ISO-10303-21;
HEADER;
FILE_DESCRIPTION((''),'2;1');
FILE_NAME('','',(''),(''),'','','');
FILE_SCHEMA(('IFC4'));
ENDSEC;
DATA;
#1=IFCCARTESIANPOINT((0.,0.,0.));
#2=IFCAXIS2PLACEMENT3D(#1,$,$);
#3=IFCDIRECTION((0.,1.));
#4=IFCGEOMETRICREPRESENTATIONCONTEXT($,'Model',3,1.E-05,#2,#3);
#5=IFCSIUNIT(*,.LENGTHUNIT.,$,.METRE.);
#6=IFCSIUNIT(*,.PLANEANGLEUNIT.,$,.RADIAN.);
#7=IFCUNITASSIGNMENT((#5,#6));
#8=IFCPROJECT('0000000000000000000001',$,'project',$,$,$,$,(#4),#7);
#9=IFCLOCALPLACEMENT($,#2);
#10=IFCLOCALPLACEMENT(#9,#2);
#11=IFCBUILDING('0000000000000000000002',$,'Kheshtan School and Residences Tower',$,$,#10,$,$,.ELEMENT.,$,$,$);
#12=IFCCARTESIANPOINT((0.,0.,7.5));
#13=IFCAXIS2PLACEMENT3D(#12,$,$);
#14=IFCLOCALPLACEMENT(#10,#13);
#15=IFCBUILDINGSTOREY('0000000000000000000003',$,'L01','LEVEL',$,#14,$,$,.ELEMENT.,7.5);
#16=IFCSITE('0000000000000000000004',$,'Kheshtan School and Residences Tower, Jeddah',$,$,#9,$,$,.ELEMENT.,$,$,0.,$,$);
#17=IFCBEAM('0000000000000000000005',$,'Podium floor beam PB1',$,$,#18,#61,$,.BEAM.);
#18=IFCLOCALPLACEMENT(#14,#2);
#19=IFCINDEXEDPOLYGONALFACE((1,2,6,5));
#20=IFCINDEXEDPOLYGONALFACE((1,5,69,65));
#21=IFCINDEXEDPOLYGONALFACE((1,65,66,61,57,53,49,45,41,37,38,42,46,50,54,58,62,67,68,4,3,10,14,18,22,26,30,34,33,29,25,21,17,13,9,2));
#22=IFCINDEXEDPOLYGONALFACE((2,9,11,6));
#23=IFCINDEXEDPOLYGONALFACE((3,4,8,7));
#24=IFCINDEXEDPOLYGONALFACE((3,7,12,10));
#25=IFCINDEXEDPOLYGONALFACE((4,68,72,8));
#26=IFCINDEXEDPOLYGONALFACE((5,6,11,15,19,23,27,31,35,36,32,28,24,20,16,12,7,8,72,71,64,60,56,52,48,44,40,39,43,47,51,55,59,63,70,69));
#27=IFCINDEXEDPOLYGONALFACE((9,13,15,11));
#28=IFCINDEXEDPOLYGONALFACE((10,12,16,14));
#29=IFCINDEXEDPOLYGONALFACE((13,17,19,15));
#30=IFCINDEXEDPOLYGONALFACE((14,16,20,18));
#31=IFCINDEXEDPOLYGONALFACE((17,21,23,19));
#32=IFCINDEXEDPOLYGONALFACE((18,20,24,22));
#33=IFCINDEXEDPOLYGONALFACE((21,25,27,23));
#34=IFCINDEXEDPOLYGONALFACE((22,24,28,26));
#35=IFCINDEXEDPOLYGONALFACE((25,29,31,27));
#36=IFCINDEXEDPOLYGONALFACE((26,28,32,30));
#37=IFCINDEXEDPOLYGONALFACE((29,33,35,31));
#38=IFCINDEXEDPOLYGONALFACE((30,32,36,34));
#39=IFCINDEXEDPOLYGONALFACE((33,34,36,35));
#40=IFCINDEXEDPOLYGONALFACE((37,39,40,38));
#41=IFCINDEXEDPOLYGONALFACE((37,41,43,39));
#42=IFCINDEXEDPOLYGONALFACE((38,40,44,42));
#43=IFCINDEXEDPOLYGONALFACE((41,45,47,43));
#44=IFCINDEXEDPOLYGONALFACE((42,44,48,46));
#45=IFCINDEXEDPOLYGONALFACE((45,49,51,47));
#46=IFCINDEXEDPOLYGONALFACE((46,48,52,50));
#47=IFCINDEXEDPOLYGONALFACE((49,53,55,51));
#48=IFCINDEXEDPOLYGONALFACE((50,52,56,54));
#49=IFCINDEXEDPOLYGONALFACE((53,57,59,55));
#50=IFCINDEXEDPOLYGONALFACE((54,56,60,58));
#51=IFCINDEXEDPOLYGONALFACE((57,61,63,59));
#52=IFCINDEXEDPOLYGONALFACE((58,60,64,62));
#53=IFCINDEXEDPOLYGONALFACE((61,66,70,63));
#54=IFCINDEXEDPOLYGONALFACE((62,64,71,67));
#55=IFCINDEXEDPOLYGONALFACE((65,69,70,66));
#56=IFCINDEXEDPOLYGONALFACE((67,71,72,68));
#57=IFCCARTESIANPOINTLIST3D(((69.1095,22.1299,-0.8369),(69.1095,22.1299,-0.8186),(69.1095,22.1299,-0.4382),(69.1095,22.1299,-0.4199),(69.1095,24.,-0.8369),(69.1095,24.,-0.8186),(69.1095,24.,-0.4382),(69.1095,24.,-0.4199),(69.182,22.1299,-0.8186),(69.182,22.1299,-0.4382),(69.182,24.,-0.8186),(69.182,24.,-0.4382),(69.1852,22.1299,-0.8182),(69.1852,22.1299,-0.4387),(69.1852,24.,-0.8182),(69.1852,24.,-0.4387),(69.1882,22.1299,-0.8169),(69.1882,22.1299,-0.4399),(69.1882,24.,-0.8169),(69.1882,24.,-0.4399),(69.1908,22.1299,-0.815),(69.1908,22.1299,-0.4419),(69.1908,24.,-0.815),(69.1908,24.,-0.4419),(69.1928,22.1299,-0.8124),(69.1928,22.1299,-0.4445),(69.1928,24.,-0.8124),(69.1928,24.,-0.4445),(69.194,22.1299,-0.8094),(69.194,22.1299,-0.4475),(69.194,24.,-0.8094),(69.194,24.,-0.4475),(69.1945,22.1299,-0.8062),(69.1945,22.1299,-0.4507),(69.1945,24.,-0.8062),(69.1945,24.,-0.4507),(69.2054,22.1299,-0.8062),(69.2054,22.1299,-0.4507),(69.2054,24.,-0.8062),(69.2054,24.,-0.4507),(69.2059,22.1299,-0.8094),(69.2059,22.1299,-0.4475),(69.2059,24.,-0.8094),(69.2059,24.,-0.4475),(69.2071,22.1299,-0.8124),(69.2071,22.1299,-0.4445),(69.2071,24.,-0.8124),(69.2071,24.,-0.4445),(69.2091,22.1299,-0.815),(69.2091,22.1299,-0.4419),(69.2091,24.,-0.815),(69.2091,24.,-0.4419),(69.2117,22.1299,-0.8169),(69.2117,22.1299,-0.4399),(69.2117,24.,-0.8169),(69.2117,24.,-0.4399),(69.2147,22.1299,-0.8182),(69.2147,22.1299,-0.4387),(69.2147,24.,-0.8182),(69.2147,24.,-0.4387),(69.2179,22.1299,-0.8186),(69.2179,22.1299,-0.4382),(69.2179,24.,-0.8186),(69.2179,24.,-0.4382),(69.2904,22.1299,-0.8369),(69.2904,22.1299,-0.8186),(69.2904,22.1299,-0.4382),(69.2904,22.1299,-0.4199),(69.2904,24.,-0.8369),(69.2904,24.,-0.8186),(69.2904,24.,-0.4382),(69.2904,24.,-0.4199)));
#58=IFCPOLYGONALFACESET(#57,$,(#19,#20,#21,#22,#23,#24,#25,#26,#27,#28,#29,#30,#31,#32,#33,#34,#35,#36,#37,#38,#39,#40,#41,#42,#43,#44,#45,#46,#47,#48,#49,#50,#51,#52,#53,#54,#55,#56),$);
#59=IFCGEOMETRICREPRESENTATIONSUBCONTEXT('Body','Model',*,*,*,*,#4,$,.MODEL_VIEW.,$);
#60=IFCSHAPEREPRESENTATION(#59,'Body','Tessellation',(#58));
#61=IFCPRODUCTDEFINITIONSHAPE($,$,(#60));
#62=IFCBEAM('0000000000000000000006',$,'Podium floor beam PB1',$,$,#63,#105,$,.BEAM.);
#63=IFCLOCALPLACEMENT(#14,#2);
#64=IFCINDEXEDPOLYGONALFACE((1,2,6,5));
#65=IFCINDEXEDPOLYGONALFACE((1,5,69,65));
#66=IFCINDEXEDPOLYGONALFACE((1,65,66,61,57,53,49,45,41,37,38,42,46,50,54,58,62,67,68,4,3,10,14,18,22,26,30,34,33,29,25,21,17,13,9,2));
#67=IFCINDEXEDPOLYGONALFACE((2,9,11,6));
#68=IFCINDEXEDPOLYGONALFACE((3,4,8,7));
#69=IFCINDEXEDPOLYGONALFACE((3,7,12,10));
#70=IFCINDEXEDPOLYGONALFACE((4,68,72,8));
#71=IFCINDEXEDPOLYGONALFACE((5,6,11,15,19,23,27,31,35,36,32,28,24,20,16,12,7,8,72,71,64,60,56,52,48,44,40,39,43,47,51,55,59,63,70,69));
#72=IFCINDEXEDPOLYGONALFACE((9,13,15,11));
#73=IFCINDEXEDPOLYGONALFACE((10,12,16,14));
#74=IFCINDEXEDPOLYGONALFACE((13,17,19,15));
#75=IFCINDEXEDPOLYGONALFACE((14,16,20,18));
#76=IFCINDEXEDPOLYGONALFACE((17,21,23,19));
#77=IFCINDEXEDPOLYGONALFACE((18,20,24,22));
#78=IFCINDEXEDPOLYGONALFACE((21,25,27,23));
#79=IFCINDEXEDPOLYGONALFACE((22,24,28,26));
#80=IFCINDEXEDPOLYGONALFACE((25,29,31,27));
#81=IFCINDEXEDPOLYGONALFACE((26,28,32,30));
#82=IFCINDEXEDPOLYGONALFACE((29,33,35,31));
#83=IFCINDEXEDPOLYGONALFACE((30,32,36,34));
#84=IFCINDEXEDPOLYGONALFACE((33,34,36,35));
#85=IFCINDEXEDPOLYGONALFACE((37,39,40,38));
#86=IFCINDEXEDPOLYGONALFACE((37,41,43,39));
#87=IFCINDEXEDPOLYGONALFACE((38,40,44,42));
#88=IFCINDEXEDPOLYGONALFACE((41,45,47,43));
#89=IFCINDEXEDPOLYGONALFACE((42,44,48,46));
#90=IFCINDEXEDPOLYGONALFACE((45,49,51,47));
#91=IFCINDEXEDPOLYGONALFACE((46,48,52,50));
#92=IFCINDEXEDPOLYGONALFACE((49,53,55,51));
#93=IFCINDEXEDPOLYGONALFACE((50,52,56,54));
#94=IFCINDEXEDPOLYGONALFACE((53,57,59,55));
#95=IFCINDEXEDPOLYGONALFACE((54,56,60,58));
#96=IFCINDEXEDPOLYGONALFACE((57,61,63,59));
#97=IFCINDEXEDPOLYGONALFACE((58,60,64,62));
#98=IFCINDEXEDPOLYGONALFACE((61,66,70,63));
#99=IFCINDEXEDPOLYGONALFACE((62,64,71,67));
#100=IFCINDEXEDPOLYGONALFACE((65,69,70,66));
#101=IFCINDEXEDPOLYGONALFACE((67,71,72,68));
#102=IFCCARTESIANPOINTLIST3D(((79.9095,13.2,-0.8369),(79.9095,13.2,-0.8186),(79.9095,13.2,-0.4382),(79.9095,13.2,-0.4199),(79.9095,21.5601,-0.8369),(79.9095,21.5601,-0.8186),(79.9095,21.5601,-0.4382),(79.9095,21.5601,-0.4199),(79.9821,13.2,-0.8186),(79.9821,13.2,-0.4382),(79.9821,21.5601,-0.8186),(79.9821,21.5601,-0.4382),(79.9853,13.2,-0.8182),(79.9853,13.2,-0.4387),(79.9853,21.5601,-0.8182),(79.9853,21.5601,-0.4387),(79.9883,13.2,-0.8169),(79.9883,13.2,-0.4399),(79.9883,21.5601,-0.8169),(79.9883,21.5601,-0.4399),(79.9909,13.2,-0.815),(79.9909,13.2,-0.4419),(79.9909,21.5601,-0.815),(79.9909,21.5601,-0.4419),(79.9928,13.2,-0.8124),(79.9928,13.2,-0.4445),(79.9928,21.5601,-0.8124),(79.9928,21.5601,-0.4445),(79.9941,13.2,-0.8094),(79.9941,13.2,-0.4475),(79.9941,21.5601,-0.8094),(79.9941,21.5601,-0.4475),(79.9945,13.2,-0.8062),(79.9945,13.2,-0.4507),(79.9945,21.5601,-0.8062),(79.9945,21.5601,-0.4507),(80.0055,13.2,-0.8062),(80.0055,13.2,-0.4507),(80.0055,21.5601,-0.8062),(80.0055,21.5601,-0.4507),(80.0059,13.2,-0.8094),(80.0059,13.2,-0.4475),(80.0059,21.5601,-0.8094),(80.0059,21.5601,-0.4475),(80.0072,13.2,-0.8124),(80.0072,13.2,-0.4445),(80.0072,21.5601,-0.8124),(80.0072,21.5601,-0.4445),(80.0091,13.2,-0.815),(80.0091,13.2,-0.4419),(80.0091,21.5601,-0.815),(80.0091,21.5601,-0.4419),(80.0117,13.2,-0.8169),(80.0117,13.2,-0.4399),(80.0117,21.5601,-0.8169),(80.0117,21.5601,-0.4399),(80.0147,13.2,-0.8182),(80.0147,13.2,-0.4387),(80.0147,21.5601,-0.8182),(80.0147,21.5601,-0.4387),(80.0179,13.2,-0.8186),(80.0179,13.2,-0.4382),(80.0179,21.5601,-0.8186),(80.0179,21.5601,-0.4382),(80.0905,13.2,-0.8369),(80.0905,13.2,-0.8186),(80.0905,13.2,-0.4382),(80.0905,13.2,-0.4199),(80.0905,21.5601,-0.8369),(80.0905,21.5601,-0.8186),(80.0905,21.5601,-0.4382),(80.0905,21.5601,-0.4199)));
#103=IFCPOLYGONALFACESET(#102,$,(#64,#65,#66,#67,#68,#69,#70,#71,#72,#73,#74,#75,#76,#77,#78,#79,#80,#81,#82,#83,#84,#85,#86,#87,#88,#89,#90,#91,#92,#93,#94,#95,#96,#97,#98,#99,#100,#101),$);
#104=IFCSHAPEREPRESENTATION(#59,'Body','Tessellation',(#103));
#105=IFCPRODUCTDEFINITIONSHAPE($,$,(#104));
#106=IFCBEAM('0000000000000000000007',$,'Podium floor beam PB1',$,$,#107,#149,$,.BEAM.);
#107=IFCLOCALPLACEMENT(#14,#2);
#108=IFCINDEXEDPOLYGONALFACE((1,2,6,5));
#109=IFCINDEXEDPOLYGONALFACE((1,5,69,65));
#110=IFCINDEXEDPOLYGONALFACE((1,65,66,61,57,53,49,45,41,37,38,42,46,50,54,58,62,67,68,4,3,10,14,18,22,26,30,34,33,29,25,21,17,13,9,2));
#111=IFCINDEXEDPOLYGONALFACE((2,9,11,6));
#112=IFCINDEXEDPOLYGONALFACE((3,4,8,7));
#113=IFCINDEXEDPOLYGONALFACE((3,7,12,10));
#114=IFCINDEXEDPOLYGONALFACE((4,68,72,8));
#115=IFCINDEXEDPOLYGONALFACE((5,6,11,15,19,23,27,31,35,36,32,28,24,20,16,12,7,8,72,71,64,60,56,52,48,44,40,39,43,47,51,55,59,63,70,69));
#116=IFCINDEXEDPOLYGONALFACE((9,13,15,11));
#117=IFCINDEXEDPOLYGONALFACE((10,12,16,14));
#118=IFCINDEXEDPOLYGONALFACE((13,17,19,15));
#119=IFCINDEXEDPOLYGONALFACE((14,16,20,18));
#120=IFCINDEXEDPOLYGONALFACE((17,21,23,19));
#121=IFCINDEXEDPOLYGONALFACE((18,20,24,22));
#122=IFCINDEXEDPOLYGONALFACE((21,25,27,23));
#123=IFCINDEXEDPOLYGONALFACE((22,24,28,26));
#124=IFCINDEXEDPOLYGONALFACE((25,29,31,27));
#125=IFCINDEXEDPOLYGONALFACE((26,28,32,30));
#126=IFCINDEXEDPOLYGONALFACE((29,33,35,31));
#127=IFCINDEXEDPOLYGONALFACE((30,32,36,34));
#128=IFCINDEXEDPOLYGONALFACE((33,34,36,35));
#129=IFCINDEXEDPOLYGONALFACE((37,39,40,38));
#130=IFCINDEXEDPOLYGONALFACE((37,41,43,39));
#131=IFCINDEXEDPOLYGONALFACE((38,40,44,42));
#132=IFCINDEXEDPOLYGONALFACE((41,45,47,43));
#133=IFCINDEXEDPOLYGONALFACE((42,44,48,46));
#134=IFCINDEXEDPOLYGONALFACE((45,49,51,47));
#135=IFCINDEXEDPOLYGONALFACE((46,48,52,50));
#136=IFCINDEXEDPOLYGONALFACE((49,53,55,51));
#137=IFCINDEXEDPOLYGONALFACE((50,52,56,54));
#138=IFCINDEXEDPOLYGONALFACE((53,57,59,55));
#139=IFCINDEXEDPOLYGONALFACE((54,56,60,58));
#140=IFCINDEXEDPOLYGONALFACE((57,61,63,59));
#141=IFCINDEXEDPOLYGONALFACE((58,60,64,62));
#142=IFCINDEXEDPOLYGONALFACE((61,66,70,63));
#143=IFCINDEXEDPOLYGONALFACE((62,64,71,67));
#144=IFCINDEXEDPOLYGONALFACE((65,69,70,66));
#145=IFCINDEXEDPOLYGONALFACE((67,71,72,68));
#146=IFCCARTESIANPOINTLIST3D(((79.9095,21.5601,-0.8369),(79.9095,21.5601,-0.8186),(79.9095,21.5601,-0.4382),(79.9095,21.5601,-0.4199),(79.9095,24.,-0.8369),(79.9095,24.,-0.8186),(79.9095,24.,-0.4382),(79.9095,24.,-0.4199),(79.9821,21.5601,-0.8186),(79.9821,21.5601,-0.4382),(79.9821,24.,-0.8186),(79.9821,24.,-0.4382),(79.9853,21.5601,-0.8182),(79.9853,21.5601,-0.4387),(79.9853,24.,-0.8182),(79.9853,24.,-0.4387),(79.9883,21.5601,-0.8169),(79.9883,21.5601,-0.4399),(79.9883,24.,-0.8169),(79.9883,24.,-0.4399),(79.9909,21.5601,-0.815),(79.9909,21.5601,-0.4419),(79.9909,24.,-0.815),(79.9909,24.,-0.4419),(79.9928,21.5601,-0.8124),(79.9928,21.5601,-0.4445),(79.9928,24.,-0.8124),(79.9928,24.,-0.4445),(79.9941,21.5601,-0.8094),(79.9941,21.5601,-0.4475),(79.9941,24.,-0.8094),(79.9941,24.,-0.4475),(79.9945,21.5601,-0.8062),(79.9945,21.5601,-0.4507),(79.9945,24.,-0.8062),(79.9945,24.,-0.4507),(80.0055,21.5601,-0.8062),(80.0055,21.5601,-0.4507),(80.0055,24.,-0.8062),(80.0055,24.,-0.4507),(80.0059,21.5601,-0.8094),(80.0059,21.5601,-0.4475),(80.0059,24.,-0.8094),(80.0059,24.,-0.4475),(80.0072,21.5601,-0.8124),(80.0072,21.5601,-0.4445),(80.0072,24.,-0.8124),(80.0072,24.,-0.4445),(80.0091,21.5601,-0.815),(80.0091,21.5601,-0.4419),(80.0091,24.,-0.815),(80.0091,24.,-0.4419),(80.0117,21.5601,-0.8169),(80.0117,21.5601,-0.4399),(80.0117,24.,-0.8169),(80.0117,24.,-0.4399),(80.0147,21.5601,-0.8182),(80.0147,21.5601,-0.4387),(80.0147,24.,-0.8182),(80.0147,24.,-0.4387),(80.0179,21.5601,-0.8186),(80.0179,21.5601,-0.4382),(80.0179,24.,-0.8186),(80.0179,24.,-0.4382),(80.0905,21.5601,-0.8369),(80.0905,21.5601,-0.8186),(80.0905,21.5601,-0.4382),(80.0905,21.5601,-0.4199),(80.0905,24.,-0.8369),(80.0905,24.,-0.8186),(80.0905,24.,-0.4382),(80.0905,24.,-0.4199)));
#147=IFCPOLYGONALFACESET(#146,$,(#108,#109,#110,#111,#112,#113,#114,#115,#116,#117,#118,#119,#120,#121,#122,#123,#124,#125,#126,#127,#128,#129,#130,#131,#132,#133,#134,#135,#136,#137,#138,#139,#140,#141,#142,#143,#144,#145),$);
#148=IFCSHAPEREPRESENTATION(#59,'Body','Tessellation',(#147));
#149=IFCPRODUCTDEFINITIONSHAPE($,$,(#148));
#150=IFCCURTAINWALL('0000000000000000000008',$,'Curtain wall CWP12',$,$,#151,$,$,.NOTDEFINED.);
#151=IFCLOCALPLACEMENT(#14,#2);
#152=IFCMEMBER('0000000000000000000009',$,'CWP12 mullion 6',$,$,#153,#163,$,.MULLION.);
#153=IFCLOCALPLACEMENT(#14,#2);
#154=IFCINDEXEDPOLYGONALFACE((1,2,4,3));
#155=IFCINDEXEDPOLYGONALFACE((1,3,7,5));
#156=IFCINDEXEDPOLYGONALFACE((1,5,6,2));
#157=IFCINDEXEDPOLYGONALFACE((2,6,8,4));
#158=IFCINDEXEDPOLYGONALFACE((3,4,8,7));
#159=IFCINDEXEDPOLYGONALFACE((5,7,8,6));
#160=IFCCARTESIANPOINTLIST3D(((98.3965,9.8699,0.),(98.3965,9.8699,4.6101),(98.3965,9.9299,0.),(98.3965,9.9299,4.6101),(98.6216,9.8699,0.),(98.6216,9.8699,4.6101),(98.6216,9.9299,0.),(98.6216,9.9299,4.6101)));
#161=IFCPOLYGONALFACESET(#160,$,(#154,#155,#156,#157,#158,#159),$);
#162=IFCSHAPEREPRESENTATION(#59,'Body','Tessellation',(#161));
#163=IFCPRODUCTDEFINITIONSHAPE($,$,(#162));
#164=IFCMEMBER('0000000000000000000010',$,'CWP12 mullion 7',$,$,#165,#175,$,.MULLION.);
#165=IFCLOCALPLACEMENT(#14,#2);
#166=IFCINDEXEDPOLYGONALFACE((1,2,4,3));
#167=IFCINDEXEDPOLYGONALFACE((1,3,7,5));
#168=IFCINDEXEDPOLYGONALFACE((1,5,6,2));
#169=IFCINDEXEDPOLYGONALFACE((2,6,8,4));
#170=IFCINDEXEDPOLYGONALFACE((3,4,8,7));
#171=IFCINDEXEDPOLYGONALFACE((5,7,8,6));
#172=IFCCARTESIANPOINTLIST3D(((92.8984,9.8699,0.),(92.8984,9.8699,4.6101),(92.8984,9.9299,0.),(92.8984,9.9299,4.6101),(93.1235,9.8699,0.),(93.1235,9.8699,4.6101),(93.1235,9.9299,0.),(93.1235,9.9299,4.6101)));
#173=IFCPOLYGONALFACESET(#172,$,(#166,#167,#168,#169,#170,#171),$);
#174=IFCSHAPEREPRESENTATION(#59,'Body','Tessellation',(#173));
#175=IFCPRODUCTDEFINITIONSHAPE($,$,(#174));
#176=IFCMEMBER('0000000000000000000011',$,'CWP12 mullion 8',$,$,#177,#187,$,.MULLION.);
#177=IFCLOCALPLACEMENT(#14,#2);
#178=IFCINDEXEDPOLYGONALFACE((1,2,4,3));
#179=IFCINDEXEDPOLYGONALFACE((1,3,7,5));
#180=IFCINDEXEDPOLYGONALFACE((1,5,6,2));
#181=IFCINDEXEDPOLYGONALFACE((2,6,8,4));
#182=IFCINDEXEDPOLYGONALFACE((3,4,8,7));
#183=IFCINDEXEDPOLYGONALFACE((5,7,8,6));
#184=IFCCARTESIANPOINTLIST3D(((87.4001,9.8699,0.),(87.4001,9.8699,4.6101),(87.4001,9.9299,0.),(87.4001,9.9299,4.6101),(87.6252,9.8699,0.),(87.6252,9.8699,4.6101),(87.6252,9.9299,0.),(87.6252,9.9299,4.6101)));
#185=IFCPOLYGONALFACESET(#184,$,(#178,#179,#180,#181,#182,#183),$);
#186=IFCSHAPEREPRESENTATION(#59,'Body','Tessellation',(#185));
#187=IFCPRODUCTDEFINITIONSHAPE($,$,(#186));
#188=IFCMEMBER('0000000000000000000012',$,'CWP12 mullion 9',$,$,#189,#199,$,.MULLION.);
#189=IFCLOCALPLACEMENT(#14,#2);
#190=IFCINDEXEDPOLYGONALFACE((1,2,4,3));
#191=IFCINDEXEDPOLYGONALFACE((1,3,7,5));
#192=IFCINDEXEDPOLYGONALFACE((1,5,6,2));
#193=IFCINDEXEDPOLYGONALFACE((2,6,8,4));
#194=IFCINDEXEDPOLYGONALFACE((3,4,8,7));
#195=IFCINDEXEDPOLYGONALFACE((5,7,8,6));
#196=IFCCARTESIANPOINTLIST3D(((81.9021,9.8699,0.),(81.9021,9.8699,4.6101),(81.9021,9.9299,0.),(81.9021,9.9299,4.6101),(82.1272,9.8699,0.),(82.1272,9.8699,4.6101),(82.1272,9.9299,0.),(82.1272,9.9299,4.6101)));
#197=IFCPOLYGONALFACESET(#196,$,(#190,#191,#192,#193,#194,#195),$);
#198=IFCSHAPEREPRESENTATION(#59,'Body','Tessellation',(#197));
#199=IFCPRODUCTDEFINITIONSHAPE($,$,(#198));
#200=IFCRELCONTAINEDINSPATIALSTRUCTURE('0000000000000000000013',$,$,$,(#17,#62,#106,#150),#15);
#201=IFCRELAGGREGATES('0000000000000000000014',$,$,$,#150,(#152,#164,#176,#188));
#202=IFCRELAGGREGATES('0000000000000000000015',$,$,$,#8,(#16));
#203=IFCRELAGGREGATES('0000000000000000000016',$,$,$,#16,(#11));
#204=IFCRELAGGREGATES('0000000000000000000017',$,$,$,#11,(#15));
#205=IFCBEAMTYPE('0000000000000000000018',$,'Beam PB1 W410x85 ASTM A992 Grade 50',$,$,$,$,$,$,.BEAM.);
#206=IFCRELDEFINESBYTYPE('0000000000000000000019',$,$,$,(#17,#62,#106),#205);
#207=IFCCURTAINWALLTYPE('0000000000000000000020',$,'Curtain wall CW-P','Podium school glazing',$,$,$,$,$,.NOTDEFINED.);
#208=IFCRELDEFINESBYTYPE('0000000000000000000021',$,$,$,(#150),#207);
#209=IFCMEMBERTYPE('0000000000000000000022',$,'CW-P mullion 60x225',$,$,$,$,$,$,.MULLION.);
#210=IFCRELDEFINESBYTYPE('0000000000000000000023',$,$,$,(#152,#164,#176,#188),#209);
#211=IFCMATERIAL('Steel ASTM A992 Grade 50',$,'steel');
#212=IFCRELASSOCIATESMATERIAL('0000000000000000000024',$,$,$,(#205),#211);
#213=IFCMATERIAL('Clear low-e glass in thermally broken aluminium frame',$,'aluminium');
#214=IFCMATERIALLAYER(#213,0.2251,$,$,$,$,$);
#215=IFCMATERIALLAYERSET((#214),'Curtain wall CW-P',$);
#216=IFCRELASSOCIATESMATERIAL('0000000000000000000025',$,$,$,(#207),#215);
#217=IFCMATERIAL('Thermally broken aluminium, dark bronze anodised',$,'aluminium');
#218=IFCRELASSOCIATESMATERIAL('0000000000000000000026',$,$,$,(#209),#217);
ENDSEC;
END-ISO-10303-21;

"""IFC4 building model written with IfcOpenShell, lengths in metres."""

from ifc_helpers import new_model, si_unit, direction, frame, origin, origin_2d, place, context, subcontext, project, spatial, rectangle, i_section, extrude, material, layer, layer_set, material_profile, profile_set, type_object, element, aggregate, save


model = new_model("IFC4")

# Units and contexts
model_context = context("Model", 3, precision=1e-05, world=origin(), true_north=direction((0.0, 1.0)))
body_context = subcontext(model_context, "Body", "Model", "MODEL_VIEW")
ifc_project = project(units=[si_unit("LENGTHUNIT", "METRE"), si_unit("PLANEANGLEUNIT", "RADIAN")], contexts=[model_context])

# Site, building, storey
site_placement = place(None, origin())
site = spatial("IfcSite", under=ifc_project, at=site_placement, Name="Kheshtan School and Residences Tower, Jeddah", CompositionType="ELEMENT", RefElevation=0.0)
building_placement = place(site_placement, origin())
building = spatial("IfcBuilding", under=site, at=building_placement, Name="Kheshtan School and Residences Tower", CompositionType="ELEMENT")
storey_placement = place(building_placement, frame((0.0, 0.0, 7.5)))
storey = spatial("IfcBuildingStorey", under=building, at=storey_placement, Name="L01", Description="LEVEL", CompositionType="ELEMENT", Elevation=7.5)

# Shared definitions
ifc_material_1 = material(Name="Steel ASTM A992 Grade 50", Category="steel")

# Beams
ifc_material_profile_1 = material_profile(ifc_material_1, i_section(OverallWidth=0.1809, OverallDepth=0.417, WebThickness=0.011, FlangeThickness=0.0183, FilletRadius=0.0125, at=origin_2d()), Name="W410x85")
ifc_profile_set_1 = profile_set([ifc_material_profile_1], Name="Steel ASTM A992 Grade 50")
beam_type = type_object("IfcBeamType", Name="Beam PB1 W410x85 ASTM A992 Grade 50", PredefinedType="BEAM", material=ifc_profile_set_1)
beam_1_placement = place(storey_placement, frame((69.2, 22.1299, -0.6284), z_axis=(0.0, 1.0, 0.0), x_axis=(-1.0, 0.0, 0.0)))
element("IfcBeam", 1, at=beam_1_placement, inside=storey, type_object=beam_type, Name="Podium floor beam PB1", PredefinedType="BEAM", context=body_context, shape_type="SweptSolid", body=[
    extrude(i_section(OverallWidth=0.1809, OverallDepth=0.417, WebThickness=0.011, FlangeThickness=0.0183, FilletRadius=0.0125, at=origin_2d()), origin(), (0.0, 0.0, 1.0), 1.8701),
])
beam_2_placement = place(storey_placement, frame((80.0, 13.2, -0.6284), z_axis=(0.0, 1.0, 0.0), x_axis=(-1.0, 0.0, 0.0)))
element("IfcBeam", 2, at=beam_2_placement, inside=storey, type_object=beam_type, Name="Podium floor beam PB1", PredefinedType="BEAM", context=body_context, shape_type="SweptSolid", body=[
    extrude(i_section(OverallWidth=0.1809, OverallDepth=0.417, WebThickness=0.011, FlangeThickness=0.0183, FilletRadius=0.0125, at=origin_2d()), origin(), (0.0, 0.0, 1.0), 8.3601),
])
beam_3_placement = place(storey_placement, frame((80.0, 21.5601, -0.6284), z_axis=(0.0, 1.0, 0.0), x_axis=(-1.0, 0.0, 0.0)))
element("IfcBeam", 3, at=beam_3_placement, inside=storey, type_object=beam_type, Name="Podium floor beam PB1", PredefinedType="BEAM", context=body_context, shape_type="SweptSolid", body=[
    extrude(i_section(OverallWidth=0.1809, OverallDepth=0.417, WebThickness=0.011, FlangeThickness=0.0183, FilletRadius=0.0125, at=origin_2d()), origin(), (0.0, 0.0, 1.0), 2.4399),
])

# Curtain wall, members
ifc_material_2 = material(Name="Clear low-e glass in thermally broken aluminium frame", Category="aluminium")
ifc_layer_1 = layer(ifc_material_2, 0.2251)
ifc_layer_set_1 = layer_set([ifc_layer_1], Name="Curtain wall CW-P")
curtain_wall_type = type_object("IfcCurtainWallType", Name="Curtain wall CW-P", Description="Podium school glazing", PredefinedType="NOTDEFINED", material=ifc_layer_set_1)
curtain_wall_placement = place(storey_placement, origin())
curtain_wall = element("IfcCurtainWall", 4, at=curtain_wall_placement, inside=storey, type_object=curtain_wall_type, Name="Curtain wall CWP12", PredefinedType="NOTDEFINED")
ifc_material_3 = material(Name="Thermally broken aluminium, dark bronze anodised", Category="aluminium")
ifc_material_profile_2 = material_profile(ifc_material_3, rectangle(XDim=0.0601, YDim=0.2251, at=origin_2d()), Name="CW-P mullion 60x225")
ifc_profile_set_2 = profile_set([ifc_material_profile_2], Name="Thermally broken aluminium, dark bronze anodised")
member_type = type_object("IfcMemberType", Name="CW-P mullion 60x225", PredefinedType="MULLION", material=ifc_profile_set_2)
member_1_placement = place(storey_placement, frame((98.509, 9.8999, 0.0), z_axis=(0.0, 0.0, 1.0), x_axis=(0.0, -1.0, 0.0)))
member_1 = element("IfcMember", 5, at=member_1_placement, type_object=member_type, Name="CWP12 mullion 6", PredefinedType="MULLION", context=body_context, shape_type="SweptSolid", body=[
    extrude(rectangle(XDim=0.0601, YDim=0.2251, at=origin_2d()), origin(), (0.0, 0.0, 1.0), 4.6101),
])
member_2_placement = place(storey_placement, frame((93.011, 9.8999, 0.0), z_axis=(0.0, 0.0, 1.0), x_axis=(0.0, -1.0, 0.0)))
member_2 = element("IfcMember", 6, at=member_2_placement, type_object=member_type, Name="CWP12 mullion 7", PredefinedType="MULLION", context=body_context, shape_type="SweptSolid", body=[
    extrude(rectangle(XDim=0.0601, YDim=0.2251, at=origin_2d()), origin(), (0.0, 0.0, 1.0), 4.6101),
])
member_3_placement = place(storey_placement, frame((87.5127, 9.8999, 0.0), z_axis=(0.0, 0.0, 1.0), x_axis=(0.0, -1.0, 0.0)))
member_3 = element("IfcMember", 7, at=member_3_placement, type_object=member_type, Name="CWP12 mullion 8", PredefinedType="MULLION", context=body_context, shape_type="SweptSolid", body=[
    extrude(rectangle(XDim=0.0601, YDim=0.2251, at=origin_2d()), origin(), (0.0, 0.0, 1.0), 4.6101),
])
member_4_placement = place(storey_placement, frame((82.0146, 9.8999, 0.0), z_axis=(0.0, 0.0, 1.0), x_axis=(0.0, -1.0, 0.0)))
member_4 = element("IfcMember", 8, at=member_4_placement, type_object=member_type, Name="CWP12 mullion 9", PredefinedType="MULLION", context=body_context, shape_type="SweptSolid", body=[
    extrude(rectangle(XDim=0.0601, YDim=0.2251, at=origin_2d()), origin(), (0.0, 0.0, 1.0), 4.6101),
])
aggregate(curtain_wall, [member_1, member_2, member_3, member_4])

save(model, "model.ifc")
